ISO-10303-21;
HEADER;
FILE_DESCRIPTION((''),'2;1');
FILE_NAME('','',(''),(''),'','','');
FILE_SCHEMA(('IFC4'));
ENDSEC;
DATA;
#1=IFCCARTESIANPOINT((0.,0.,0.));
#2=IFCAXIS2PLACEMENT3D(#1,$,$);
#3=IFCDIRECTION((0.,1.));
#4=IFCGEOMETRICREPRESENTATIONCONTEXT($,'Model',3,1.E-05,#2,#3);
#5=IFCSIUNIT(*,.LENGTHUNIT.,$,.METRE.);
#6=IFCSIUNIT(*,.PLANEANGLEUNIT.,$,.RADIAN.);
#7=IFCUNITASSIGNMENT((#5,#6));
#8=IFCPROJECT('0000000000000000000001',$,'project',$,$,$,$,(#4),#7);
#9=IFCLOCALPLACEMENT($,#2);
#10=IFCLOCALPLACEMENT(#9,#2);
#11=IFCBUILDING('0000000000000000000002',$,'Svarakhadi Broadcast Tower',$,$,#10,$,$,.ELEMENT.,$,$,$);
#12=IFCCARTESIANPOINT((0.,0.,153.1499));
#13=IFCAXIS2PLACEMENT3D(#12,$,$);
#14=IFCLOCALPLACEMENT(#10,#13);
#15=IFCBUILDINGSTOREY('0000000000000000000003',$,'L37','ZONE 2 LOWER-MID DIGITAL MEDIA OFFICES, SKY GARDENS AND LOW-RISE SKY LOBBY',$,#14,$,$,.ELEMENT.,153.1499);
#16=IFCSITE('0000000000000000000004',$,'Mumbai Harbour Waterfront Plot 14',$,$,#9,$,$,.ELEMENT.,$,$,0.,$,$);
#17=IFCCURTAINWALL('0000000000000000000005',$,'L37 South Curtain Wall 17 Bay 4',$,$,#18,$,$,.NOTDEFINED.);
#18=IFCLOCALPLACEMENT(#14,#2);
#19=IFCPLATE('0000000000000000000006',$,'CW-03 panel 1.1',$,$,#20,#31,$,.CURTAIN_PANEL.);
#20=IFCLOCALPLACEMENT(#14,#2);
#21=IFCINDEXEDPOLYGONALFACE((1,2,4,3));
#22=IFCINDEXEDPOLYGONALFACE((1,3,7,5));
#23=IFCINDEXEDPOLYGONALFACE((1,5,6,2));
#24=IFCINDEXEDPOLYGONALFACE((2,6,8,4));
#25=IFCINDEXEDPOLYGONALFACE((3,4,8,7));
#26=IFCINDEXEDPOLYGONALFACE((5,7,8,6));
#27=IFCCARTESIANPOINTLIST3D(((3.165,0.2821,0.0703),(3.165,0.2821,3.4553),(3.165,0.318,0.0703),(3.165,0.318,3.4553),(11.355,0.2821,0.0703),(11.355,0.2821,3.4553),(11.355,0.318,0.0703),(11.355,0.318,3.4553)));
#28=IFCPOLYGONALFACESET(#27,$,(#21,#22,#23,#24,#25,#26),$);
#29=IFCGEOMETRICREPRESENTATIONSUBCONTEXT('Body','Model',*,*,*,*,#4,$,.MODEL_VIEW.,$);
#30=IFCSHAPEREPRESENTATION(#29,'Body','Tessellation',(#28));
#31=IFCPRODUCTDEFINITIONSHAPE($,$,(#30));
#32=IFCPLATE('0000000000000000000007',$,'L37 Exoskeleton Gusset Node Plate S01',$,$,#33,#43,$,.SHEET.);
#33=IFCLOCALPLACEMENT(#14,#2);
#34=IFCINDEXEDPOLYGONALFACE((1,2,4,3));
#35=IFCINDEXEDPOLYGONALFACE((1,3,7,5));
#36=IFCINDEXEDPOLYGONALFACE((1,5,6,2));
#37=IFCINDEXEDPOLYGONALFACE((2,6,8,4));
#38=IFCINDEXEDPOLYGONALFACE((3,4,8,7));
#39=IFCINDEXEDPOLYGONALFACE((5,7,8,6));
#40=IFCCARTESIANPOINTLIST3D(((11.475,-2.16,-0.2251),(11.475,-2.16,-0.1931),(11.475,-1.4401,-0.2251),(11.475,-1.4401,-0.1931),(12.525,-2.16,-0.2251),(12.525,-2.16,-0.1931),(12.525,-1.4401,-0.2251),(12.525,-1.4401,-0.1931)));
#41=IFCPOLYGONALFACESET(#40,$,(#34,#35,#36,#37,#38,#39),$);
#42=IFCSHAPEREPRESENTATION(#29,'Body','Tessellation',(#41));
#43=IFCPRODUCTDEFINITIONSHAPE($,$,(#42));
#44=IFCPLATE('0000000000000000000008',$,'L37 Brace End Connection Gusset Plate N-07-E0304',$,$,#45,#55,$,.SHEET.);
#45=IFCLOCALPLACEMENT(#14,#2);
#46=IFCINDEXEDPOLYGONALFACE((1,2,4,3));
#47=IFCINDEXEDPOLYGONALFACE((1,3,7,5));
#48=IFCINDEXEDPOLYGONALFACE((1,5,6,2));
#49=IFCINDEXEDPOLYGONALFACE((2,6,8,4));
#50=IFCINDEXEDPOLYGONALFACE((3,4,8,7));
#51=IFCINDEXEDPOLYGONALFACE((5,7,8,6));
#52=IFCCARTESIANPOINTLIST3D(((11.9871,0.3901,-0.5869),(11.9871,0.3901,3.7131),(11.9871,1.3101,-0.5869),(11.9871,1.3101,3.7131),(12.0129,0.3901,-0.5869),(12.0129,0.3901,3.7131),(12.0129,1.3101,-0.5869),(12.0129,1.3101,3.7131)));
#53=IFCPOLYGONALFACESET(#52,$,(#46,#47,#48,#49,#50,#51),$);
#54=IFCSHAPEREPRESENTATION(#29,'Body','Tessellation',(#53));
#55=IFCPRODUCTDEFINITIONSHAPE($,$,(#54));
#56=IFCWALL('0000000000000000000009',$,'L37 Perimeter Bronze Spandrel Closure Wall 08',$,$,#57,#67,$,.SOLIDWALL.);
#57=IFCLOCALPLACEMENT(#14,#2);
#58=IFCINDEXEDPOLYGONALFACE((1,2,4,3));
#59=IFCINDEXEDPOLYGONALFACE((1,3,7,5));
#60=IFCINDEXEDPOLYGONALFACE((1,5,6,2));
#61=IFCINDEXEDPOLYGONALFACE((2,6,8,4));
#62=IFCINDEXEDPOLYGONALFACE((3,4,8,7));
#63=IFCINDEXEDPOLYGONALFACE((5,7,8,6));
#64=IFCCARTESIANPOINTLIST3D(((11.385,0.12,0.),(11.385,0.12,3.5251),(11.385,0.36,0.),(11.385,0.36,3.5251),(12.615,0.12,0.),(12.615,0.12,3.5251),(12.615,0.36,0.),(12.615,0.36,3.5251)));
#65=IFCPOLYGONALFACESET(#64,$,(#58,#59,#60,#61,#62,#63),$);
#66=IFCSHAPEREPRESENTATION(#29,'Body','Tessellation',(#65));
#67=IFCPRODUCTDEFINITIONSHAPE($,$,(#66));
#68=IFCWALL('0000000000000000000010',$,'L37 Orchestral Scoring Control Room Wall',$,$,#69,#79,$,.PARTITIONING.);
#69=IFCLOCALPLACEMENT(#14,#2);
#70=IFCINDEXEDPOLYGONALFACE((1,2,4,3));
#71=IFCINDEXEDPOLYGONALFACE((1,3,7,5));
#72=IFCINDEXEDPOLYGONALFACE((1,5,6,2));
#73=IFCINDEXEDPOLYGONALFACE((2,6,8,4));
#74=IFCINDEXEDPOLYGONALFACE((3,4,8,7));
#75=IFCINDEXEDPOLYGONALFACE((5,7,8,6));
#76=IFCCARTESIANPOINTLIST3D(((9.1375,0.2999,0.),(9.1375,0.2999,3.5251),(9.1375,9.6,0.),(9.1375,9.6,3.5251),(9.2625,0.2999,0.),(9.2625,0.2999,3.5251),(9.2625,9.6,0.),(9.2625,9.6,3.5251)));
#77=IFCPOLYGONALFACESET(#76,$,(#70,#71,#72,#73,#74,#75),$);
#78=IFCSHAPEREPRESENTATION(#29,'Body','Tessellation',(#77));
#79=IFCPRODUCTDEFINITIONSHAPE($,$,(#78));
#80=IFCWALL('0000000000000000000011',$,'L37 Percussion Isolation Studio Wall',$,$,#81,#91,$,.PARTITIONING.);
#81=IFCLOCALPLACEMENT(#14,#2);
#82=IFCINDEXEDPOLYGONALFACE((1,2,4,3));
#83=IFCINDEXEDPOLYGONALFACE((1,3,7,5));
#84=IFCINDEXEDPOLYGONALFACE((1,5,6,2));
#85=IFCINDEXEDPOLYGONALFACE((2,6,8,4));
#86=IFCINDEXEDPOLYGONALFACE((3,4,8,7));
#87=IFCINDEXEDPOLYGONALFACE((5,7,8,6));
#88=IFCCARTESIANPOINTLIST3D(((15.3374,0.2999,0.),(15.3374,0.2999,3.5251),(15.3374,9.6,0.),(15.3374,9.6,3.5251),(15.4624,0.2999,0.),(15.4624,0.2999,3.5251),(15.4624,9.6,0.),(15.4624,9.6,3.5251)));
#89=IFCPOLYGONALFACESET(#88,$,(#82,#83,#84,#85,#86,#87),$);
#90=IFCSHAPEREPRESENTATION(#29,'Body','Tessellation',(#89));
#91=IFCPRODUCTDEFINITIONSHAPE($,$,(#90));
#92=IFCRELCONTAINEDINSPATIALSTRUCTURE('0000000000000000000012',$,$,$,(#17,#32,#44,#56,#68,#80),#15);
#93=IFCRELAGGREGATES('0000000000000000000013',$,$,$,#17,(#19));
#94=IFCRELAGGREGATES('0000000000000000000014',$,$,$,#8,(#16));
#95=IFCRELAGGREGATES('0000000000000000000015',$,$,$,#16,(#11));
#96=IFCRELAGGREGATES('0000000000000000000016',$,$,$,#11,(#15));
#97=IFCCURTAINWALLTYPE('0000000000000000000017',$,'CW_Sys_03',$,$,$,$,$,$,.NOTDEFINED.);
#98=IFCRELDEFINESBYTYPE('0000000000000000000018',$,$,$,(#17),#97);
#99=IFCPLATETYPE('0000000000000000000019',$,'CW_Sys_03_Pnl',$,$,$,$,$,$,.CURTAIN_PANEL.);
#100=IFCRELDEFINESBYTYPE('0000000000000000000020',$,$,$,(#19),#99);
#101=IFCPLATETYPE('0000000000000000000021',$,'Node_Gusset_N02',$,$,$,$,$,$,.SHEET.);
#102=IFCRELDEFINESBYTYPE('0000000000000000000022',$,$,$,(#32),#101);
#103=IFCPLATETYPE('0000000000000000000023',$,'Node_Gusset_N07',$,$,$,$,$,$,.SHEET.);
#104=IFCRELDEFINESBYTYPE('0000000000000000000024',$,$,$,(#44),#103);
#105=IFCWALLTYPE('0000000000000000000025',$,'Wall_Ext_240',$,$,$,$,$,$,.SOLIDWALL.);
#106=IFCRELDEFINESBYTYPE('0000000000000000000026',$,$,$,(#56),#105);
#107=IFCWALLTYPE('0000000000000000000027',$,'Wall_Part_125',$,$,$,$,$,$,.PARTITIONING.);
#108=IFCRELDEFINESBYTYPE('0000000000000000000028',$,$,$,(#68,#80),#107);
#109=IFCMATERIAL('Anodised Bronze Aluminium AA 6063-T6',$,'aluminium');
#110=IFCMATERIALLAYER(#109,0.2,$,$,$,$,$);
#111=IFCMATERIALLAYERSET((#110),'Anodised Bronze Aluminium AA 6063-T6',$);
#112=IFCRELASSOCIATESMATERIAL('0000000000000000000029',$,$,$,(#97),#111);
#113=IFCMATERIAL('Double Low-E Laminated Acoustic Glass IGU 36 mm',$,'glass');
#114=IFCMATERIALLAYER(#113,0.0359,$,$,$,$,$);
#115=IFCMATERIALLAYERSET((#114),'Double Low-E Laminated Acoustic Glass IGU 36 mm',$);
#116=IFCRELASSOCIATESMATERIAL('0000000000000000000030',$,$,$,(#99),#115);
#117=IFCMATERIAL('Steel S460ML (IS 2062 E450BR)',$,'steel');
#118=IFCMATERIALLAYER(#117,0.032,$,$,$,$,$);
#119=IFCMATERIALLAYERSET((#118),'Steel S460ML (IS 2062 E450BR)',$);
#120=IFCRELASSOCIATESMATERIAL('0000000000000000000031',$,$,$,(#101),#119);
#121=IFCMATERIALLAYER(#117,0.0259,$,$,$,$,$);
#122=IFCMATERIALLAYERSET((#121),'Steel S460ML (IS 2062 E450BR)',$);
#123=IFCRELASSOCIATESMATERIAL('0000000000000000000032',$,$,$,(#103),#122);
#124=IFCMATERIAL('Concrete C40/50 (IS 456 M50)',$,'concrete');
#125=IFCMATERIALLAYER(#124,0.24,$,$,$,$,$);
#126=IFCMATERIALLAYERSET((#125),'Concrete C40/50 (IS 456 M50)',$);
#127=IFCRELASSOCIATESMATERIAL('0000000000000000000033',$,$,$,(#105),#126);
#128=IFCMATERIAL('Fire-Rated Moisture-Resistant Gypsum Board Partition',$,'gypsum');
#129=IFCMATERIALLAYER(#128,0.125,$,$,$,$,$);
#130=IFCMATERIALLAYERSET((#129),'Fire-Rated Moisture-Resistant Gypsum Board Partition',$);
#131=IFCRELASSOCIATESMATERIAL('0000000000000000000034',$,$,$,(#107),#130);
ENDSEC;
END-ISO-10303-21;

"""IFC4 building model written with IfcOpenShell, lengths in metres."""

from ifc_helpers import new_model, si_unit, direction, frame, frame_2d, origin, origin_2d, place, context, subcontext, project, spatial, rectangle, extrude, material, layer, layer_set, type_object, element, aggregate, save


model = new_model("IFC4")

# Units and contexts
model_context = context("Model", 3, precision=1e-05, world=origin(), true_north=direction((0.0, 1.0)))
body_context = subcontext(model_context, "Body", "Model", "MODEL_VIEW")
ifc_project = project(units=[si_unit("LENGTHUNIT", "METRE"), si_unit("PLANEANGLEUNIT", "RADIAN")], contexts=[model_context])

# Site, building, storey
site_placement = place(None, origin())
site = spatial("IfcSite", under=ifc_project, at=site_placement, Name="Mumbai Harbour Waterfront Plot 14", CompositionType="ELEMENT", RefElevation=0.0)
building_placement = place(site_placement, origin())
building = spatial("IfcBuilding", under=site, at=building_placement, Name="Svarakhadi Broadcast Tower", CompositionType="ELEMENT")
storey_placement = place(building_placement, frame((0.0, 0.0, 153.1499)))
storey = spatial("IfcBuildingStorey", under=building, at=storey_placement, Name="L37", Description="ZONE 2 LOWER-MID DIGITAL MEDIA OFFICES, SKY GARDENS AND LOW-RISE SKY LOBBY", CompositionType="ELEMENT", Elevation=153.1499)

# Shared definitions
ifc_material_1 = material(Name="Steel S460ML (IS 2062 E450BR)", Category="steel")

# Shared definitions
ifc_material_2 = material(Name="Anodised Bronze Aluminium AA 6063-T6", Category="aluminium")
ifc_layer_1 = layer(ifc_material_2, 0.2)
ifc_layer_set_1 = layer_set([ifc_layer_1], Name="Anodised Bronze Aluminium AA 6063-T6")
curtain_wall_type = type_object("IfcCurtainWallType", Name="CW_Sys_03", PredefinedType="NOTDEFINED", material=ifc_layer_set_1)

# Curtain wall
curtain_wall_1_placement = place(storey_placement, origin())
curtain_wall_1 = element("IfcCurtainWall", 1, at=curtain_wall_1_placement, inside=storey, type_object=curtain_wall_type, Name="L37 South Curtain Wall 17 Bay 4", PredefinedType="NOTDEFINED")

# Plate
ifc_material_3 = material(Name="Double Low-E Laminated Acoustic Glass IGU 36 mm", Category="glass")
ifc_layer_2 = layer(ifc_material_3, 0.0359)
ifc_layer_set_2 = layer_set([ifc_layer_2], Name="Double Low-E Laminated Acoustic Glass IGU 36 mm")
plate_type_1 = type_object("IfcPlateType", Name="CW_Sys_03_Pnl", PredefinedType="CURTAIN_PANEL", material=ifc_layer_set_2)
plate_1_placement = place(storey_placement, frame((7.26, 0.3, 0.0703), z_axis=(0.0, 0.0, 1.0), x_axis=(-1.0, 0.0, 0.0)))
plate_1 = element("IfcPlate", 2, at=plate_1_placement, type_object=plate_type_1, Name="CW-03 panel 1.1", PredefinedType="CURTAIN_PANEL", context=body_context, shape_type="SweptSolid", body=[
    extrude(rectangle(XDim=8.1899, YDim=0.0359, at=origin_2d()), origin(), (0.0, 0.0, 1.0), 3.385),
])
aggregate(curtain_wall_1, [plate_1])

# Plates
ifc_layer_3 = layer(ifc_material_1, 0.032)
ifc_layer_set_3 = layer_set([ifc_layer_3], Name="Steel S460ML (IS 2062 E450BR)")
plate_type_2 = type_object("IfcPlateType", Name="Node_Gusset_N02", PredefinedType="SHEET", material=ifc_layer_set_3)
plate_2_placement = place(storey_placement, frame((12.0, -1.8, -0.2251), z_axis=(0.0, 0.0, 1.0), x_axis=(1.0, 0.0, 0.0)))
element("IfcPlate", 3, at=plate_2_placement, inside=storey, type_object=plate_type_2, Name="L37 Exoskeleton Gusset Node Plate S01", PredefinedType="SHEET", context=body_context, shape_type="SweptSolid", body=[
    extrude(rectangle(XDim=1.05, YDim=0.72, at=origin_2d()), origin(), (0.0, 0.0, 1.0), 0.032),
])
ifc_layer_4 = layer(ifc_material_1, 0.0259)
ifc_layer_set_4 = layer_set([ifc_layer_4], Name="Steel S460ML (IS 2062 E450BR)")
plate_type_3 = type_object("IfcPlateType", Name="Node_Gusset_N07", PredefinedType="SHEET", material=ifc_layer_set_4)
plate_3_placement = place(storey_placement, frame((12.0, 0.8501, -0.5869), z_axis=(0.0, 0.0, 1.0), x_axis=(0.0, 1.0, 0.0)))
element("IfcPlate", 4, at=plate_3_placement, inside=storey, type_object=plate_type_3, Name="L37 Brace End Connection Gusset Plate N-07-E0304", PredefinedType="SHEET", context=body_context, shape_type="SweptSolid", body=[
    extrude(rectangle(XDim=0.9199, YDim=0.0259, at=origin_2d()), origin(), (0.0, 0.0, 1.0), 4.3),
])

# Walls
ifc_material_4 = material(Name="Concrete C40/50 (IS 456 M50)", Category="concrete")
ifc_layer_5 = layer(ifc_material_4, 0.24)
ifc_layer_set_5 = layer_set([ifc_layer_5], Name="Concrete C40/50 (IS 456 M50)")
wall_type_1 = type_object("IfcWallType", Name="Wall_Ext_240", PredefinedType="SOLIDWALL", material=ifc_layer_set_5)
wall_placement = place(storey_placement, frame((12.615, 0.24, 0.0), z_axis=(0.0, 0.0, 1.0), x_axis=(-1.0, 0.0, 0.0)))
element("IfcWall", 5, at=wall_placement, inside=storey, type_object=wall_type_1, Name="L37 Perimeter Bronze Spandrel Closure Wall 08", PredefinedType="SOLIDWALL", context=body_context, shape_type="SweptSolid", body=[
    extrude(rectangle(XDim=1.23, YDim=0.24, at=frame_2d((0.615, 0.0))), origin(), (0.0, 0.0, 1.0), 3.5251),
])
ifc_material_5 = material(Name="Fire-Rated Moisture-Resistant Gypsum Board Partition", Category="gypsum")
ifc_layer_6 = layer(ifc_material_5, 0.125)
ifc_layer_set_6 = layer_set([ifc_layer_6], Name="Fire-Rated Moisture-Resistant Gypsum Board Partition")
wall_type_2 = type_object("IfcWallType", Name="Wall_Part_125", PredefinedType="PARTITIONING", material=ifc_layer_set_6)
for number, where, z_axis, x_axis, name in (
    (6, (9.2, 0.3, 0.0), (0.0, 0.0, 1.0), (0.0, 1.0, 0.0), "L37 Orchestral Scoring Control Room Wall"),
    (7, (15.3999, 0.3, 0.0), (0.0, 0.0, 1.0), (0.0, 1.0, 0.0), "L37 Percussion Isolation Studio Wall"),
):
    element("IfcWall", number, at=place(storey_placement, frame(where, z_axis=z_axis, x_axis=x_axis)), inside=storey, type_object=wall_type_2, Name=name, PredefinedType="PARTITIONING", context=body_context, shape_type="SweptSolid", body=[
        extrude(rectangle(XDim=9.3, YDim=0.125, at=frame_2d((4.6499, 0.0))), origin(), (0.0, 0.0, 1.0), 3.5251),
    ])

save(model, "model.ifc")
